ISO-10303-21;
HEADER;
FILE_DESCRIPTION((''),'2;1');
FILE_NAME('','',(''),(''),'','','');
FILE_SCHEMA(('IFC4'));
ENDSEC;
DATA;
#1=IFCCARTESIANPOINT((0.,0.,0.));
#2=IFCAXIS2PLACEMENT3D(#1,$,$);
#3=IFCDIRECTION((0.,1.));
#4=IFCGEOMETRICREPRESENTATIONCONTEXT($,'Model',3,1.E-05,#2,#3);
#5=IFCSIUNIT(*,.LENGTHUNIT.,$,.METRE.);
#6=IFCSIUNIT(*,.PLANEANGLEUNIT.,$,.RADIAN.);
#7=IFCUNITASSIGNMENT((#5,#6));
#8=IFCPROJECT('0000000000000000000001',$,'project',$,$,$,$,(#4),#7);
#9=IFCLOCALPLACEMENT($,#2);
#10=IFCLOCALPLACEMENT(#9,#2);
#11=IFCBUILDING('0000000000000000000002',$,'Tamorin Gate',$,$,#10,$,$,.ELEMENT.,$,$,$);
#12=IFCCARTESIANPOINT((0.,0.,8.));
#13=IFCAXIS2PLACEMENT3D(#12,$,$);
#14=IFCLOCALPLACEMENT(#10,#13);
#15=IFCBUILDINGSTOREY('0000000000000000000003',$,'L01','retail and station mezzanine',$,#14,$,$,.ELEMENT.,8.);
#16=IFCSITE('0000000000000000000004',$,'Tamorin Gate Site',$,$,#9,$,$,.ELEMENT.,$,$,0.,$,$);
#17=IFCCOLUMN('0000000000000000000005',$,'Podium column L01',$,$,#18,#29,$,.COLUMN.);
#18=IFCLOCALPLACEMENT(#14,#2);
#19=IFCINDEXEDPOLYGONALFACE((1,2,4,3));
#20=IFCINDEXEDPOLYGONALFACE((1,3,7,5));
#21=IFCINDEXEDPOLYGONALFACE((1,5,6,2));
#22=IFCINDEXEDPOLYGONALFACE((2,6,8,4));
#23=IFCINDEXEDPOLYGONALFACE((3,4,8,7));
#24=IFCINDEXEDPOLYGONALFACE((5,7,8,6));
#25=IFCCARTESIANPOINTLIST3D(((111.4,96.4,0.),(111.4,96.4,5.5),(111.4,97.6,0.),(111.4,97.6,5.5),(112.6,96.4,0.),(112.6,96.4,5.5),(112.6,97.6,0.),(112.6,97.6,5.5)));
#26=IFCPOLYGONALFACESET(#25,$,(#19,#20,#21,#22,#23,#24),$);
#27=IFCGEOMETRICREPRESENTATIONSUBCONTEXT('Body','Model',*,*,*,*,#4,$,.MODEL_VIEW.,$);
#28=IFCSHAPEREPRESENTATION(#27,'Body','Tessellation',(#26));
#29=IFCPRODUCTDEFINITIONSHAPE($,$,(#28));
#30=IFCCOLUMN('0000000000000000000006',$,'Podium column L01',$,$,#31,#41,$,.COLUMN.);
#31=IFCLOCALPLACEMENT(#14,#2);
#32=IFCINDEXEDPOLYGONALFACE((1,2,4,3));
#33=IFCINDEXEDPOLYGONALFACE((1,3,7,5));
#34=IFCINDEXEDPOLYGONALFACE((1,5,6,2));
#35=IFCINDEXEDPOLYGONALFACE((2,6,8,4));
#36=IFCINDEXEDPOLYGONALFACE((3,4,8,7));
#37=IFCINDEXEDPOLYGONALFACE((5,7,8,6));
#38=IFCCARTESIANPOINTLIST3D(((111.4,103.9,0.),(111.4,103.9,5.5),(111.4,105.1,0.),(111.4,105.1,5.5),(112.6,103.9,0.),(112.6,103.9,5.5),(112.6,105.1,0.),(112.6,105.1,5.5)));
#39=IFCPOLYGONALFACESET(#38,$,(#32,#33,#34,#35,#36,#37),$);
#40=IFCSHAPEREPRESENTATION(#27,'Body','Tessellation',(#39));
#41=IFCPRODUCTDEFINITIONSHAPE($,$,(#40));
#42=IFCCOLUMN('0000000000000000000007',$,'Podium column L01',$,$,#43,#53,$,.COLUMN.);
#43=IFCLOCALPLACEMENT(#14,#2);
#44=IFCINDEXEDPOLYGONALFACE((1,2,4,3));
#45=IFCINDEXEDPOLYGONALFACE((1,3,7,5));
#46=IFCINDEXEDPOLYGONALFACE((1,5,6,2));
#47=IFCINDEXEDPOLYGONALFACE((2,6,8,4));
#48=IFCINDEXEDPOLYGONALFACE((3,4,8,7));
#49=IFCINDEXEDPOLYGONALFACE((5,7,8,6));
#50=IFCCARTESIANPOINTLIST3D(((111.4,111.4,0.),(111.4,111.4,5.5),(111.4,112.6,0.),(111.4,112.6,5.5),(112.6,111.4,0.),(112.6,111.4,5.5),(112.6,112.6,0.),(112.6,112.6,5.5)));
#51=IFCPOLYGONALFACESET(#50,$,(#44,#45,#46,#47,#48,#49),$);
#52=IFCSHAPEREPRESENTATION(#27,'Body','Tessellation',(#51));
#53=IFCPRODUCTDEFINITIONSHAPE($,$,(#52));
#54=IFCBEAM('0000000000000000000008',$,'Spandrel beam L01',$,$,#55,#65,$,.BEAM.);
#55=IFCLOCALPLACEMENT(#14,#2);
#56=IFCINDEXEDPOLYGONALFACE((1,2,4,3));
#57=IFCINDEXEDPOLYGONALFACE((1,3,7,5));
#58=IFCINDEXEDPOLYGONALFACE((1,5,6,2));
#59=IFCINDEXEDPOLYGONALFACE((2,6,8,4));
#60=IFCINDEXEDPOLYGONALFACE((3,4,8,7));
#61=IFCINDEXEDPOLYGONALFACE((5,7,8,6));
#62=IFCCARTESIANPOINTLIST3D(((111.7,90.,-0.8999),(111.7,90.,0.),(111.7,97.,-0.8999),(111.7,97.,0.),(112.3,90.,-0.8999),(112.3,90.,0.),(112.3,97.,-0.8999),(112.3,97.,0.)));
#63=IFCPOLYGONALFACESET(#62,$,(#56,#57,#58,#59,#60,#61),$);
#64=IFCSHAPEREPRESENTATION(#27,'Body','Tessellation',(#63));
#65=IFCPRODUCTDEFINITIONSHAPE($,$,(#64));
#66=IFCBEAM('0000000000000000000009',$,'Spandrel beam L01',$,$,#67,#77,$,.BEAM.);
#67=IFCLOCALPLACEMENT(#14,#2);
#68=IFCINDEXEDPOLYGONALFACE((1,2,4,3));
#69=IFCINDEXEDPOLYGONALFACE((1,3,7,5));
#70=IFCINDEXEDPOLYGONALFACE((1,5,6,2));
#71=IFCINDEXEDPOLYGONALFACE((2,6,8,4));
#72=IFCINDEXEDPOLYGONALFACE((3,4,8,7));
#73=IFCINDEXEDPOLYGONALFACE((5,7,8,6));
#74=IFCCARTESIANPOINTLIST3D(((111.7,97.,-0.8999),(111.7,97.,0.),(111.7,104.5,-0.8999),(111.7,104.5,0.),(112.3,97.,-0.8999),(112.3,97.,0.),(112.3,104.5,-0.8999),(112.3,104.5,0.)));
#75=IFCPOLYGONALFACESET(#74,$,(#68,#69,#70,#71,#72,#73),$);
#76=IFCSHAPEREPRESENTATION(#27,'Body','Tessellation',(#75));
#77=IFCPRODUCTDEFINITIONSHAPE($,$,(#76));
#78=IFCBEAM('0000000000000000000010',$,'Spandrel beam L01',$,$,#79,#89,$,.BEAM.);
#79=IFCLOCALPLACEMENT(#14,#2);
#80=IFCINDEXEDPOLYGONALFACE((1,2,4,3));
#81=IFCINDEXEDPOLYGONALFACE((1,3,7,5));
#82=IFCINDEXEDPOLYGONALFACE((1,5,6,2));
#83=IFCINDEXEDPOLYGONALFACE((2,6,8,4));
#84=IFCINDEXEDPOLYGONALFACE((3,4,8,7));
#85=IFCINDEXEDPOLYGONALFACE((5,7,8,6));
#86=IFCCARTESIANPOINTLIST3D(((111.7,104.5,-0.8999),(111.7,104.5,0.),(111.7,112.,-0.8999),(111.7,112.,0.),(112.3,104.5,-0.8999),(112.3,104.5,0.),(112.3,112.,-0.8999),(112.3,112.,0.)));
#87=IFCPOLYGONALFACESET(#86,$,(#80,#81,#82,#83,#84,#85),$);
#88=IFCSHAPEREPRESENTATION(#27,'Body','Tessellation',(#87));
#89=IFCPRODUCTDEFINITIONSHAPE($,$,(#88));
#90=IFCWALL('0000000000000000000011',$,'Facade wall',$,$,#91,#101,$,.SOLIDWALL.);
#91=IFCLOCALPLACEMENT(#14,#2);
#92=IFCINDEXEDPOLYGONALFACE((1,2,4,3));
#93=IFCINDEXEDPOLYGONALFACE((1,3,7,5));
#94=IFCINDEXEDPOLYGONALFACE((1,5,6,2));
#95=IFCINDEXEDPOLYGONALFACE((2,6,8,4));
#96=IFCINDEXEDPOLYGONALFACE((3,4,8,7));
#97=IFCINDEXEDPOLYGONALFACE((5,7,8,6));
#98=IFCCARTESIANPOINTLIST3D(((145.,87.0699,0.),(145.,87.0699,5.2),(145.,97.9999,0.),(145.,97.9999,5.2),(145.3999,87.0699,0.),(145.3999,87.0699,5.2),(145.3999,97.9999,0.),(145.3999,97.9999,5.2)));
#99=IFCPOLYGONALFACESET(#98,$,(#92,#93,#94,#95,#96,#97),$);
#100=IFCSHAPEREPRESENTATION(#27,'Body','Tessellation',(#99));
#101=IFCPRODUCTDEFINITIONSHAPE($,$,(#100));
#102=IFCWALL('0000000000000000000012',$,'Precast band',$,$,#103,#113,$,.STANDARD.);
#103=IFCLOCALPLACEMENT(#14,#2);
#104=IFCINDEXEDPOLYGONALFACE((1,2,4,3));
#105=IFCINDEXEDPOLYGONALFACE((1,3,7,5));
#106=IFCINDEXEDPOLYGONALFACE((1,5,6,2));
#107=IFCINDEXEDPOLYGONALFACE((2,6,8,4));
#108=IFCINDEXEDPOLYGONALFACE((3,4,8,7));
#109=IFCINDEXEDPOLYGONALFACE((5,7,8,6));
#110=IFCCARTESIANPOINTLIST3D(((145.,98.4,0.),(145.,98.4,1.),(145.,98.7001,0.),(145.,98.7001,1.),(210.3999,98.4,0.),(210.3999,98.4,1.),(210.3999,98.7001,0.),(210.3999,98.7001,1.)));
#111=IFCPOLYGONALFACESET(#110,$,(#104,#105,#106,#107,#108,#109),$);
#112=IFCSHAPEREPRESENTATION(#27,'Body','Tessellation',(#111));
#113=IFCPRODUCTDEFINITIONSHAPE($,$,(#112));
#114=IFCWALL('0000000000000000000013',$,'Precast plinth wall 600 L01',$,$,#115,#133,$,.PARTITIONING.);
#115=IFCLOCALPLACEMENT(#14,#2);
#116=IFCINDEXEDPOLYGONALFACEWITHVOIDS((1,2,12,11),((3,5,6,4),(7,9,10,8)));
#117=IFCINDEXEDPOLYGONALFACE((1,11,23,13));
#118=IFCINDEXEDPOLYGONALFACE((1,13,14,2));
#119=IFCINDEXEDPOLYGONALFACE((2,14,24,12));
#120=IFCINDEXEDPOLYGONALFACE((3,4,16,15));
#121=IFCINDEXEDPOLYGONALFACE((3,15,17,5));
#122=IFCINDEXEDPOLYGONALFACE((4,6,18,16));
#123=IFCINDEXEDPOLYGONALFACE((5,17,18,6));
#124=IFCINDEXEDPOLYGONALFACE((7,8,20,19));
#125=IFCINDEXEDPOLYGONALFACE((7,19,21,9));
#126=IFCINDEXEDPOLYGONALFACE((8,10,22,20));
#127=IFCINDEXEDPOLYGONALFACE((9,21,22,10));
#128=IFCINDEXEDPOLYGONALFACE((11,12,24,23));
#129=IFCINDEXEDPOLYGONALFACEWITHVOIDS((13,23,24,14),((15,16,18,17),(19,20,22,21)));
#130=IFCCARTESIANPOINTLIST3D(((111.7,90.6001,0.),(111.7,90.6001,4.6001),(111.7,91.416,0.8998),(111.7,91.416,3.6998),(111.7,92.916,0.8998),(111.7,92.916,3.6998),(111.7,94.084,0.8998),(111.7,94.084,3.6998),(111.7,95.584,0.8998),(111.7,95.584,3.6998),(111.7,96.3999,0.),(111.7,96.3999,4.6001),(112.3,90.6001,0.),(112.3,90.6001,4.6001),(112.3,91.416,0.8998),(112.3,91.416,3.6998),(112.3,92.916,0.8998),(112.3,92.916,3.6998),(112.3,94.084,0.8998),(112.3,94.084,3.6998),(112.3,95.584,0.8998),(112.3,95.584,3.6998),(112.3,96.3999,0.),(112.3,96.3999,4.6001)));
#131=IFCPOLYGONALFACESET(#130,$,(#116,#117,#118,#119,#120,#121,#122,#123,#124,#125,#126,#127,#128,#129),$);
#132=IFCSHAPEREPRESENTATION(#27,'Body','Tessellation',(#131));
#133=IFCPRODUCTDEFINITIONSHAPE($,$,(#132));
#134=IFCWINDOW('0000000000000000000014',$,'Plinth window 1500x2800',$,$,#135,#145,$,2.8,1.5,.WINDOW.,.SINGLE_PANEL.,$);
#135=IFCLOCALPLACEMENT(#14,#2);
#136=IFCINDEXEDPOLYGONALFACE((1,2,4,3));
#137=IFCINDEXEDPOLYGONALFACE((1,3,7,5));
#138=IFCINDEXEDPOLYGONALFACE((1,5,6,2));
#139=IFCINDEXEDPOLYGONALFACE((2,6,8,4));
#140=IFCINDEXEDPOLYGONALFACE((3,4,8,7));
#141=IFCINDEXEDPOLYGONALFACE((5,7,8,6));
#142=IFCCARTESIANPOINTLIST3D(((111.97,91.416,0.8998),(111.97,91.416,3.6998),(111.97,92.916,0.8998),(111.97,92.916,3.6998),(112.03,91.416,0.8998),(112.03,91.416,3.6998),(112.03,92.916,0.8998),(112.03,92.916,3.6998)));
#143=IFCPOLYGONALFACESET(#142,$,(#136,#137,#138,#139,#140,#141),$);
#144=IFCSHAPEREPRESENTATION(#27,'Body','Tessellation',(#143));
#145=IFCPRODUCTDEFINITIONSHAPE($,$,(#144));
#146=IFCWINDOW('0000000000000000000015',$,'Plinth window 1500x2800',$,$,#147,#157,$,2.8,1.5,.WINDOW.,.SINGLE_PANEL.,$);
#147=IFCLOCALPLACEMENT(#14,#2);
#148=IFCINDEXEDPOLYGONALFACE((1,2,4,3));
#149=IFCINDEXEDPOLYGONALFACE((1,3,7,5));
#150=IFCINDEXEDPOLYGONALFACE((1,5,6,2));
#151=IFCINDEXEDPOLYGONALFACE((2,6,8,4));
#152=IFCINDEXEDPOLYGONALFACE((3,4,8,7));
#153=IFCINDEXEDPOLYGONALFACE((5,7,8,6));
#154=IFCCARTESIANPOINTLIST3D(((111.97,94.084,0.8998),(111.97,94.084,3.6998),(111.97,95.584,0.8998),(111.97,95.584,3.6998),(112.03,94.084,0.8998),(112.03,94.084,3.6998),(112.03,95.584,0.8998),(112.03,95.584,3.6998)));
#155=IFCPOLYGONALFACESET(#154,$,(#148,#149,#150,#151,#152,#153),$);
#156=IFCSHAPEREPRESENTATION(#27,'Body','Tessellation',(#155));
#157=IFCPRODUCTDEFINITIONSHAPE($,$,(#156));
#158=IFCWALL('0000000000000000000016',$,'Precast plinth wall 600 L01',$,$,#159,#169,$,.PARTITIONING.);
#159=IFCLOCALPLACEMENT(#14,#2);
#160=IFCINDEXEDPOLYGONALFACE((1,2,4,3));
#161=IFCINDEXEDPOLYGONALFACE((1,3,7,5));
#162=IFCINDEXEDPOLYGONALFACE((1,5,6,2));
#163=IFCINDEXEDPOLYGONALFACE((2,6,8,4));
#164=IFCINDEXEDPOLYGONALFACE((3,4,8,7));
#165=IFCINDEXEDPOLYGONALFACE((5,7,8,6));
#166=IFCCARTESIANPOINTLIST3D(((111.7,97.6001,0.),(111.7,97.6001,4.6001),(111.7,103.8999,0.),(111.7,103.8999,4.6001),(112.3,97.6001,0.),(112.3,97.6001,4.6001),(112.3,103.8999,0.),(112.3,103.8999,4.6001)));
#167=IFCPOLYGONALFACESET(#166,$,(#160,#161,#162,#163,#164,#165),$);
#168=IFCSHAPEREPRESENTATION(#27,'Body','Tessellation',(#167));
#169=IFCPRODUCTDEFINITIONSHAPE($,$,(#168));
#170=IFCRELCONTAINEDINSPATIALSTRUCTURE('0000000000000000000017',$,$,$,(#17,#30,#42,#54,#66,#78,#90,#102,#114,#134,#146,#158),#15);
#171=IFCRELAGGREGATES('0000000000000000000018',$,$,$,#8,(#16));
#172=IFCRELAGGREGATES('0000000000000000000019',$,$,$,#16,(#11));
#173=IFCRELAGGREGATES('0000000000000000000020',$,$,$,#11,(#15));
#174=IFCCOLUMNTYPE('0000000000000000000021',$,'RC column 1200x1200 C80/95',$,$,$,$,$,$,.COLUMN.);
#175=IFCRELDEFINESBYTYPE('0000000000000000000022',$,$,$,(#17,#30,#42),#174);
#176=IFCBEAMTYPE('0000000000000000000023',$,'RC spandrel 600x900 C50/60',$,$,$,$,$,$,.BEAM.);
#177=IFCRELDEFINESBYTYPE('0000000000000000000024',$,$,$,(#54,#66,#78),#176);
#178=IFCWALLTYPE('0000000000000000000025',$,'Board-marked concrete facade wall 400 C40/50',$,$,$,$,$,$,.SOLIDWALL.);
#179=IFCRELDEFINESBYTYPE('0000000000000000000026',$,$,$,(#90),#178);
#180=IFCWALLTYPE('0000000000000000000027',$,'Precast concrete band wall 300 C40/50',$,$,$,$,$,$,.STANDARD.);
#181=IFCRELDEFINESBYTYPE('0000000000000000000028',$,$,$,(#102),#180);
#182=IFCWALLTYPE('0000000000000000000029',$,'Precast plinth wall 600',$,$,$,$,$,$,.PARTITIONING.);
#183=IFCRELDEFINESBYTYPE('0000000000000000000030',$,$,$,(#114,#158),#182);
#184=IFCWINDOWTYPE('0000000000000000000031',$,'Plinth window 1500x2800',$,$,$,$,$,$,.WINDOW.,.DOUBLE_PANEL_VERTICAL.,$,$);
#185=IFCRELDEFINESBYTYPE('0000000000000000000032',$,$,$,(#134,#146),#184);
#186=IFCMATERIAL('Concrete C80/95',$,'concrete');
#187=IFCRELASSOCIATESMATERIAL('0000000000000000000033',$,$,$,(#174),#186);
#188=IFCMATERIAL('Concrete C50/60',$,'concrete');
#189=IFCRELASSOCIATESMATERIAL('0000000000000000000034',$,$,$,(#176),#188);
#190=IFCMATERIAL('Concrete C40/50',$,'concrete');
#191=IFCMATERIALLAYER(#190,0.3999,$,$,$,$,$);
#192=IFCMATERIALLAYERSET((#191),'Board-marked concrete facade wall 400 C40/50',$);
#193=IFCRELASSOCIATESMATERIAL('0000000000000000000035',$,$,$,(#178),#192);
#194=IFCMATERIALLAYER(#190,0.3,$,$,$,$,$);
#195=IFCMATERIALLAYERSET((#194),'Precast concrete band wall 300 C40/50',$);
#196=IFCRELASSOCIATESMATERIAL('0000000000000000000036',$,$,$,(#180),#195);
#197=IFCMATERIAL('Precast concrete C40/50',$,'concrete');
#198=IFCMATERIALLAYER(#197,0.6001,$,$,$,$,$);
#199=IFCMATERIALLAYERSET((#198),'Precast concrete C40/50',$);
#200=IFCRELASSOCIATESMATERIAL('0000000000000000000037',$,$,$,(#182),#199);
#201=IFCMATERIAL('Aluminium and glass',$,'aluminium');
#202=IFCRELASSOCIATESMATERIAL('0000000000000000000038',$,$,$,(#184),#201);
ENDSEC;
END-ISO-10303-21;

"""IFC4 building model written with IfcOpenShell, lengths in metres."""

from ifc_helpers import new_model, si_unit, direction, frame, frame_2d, origin, origin_2d, place, context, subcontext, project, spatial, rectangle, extrude, material, layer, layer_set, material_profile, profile_set, type_object, element, fill, save


model = new_model("IFC4")

# Units and contexts
model_context = context("Model", 3, precision=1e-05, world=origin(), true_north=direction((0.0, 1.0)))
body_context = subcontext(model_context, "Body", "Model", "MODEL_VIEW")
ifc_project = project(units=[si_unit("LENGTHUNIT", "METRE"), si_unit("PLANEANGLEUNIT", "RADIAN")], contexts=[model_context])

# Site, building, storey
site_placement = place(None, origin())
site = spatial("IfcSite", under=ifc_project, at=site_placement, Name="Tamorin Gate Site", CompositionType="ELEMENT", RefElevation=0.0)
building_placement = place(site_placement, origin())
building = spatial("IfcBuilding", under=site, at=building_placement, Name="Tamorin Gate", CompositionType="ELEMENT")
storey_placement = place(building_placement, frame((0.0, 0.0, 8.0)))
storey = spatial("IfcBuildingStorey", under=building, at=storey_placement, Name="L01", Description="retail and station mezzanine", CompositionType="ELEMENT", Elevation=8.0)

# Columns
ifc_material_1 = material(Name="Concrete C80/95", Category="concrete")
ifc_material_profile_1 = material_profile(ifc_material_1, rectangle(XDim=1.2, YDim=1.2, at=origin_2d()), Name="RC 1200x1200")
ifc_profile_set_1 = profile_set([ifc_material_profile_1], Name="Concrete C80/95")
column_type = type_object("IfcColumnType", Name="RC column 1200x1200 C80/95", PredefinedType="COLUMN", material=ifc_profile_set_1)
for number, where, z_axis, x_axis, name in (
    (1, (112.0, 97.0, 0.0), (0.0, 0.0, 1.0), (1.0, 0.0, 0.0), "Podium column L01"),
    (2, (112.0, 104.5, 0.0), (0.0, 0.0, 1.0), (1.0, 0.0, 0.0), "Podium column L01"),
    (3, (112.0, 112.0, 0.0), (0.0, 0.0, 1.0), (1.0, 0.0, 0.0), "Podium column L01"),
):
    element("IfcColumn", number, at=place(storey_placement, frame(where, z_axis=z_axis, x_axis=x_axis)), inside=storey, type_object=column_type, Name=name, PredefinedType="COLUMN", context=body_context, shape_type="SweptSolid", body=[
        extrude(rectangle(XDim=1.2, YDim=1.2, at=origin_2d()), origin(), (0.0, 0.0, 1.0), 5.5),
    ])

# Beams
ifc_material_2 = material(Name="Concrete C50/60", Category="concrete")
ifc_material_profile_2 = material_profile(ifc_material_2, rectangle(XDim=0.6001, YDim=0.8999, at=origin_2d()), Name="RC 600x900")
ifc_profile_set_2 = profile_set([ifc_material_profile_2], Name="Concrete C50/60")
beam_type = type_object("IfcBeamType", Name="RC spandrel 600x900 C50/60", PredefinedType="BEAM", material=ifc_profile_set_2)
beam_placement = place(storey_placement, frame((112.0, 90.0, -0.45), z_axis=(0.0, 1.0, 0.0), x_axis=(-1.0, 0.0, 0.0)))
element("IfcBeam", 4, at=beam_placement, inside=storey, type_object=beam_type, Name="Spandrel beam L01", PredefinedType="BEAM", context=body_context, shape_type="SweptSolid", body=[
    extrude(rectangle(XDim=0.6001, YDim=0.8999, at=origin_2d()), origin(), (0.0, 0.0, 1.0), 7.0),
])
for number, where, z_axis, x_axis, name in (
    (5, (112.0, 97.0, -0.45), (0.0, 1.0, 0.0), (-1.0, 0.0, 0.0), "Spandrel beam L01"),
    (6, (112.0, 104.5, -0.45), (0.0, 1.0, 0.0), (-1.0, 0.0, 0.0), "Spandrel beam L01"),
):
    element("IfcBeam", number, at=place(storey_placement, frame(where, z_axis=z_axis, x_axis=x_axis)), inside=storey, type_object=beam_type, Name=name, PredefinedType="BEAM", context=body_context, shape_type="SweptSolid", body=[
        extrude(rectangle(XDim=0.6001, YDim=0.8999, at=origin_2d()), origin(), (0.0, 0.0, 1.0), 7.5),
    ])

# Shared definitions
ifc_material_3 = material(Name="Concrete C40/50", Category="concrete")
ifc_layer_1 = layer(ifc_material_3, 0.3999)
ifc_layer_set_1 = layer_set([ifc_layer_1], Name="Board-marked concrete facade wall 400 C40/50")
wall_type_1 = type_object("IfcWallType", Name="Board-marked concrete facade wall 400 C40/50", PredefinedType="SOLIDWALL", material=ifc_layer_set_1)
ifc_material_4 = material(Name="Aluminium and glass", Category="aluminium")

# Walls
wall_1_placement = place(storey_placement, frame((145.2, 87.0701, 0.0), z_axis=(0.0, 0.0, 1.0), x_axis=(0.0, 1.0, 0.0)))
element("IfcWall", 7, at=wall_1_placement, inside=storey, type_object=wall_type_1, Name="Facade wall", PredefinedType="SOLIDWALL", context=body_context, shape_type="SweptSolid", body=[
    extrude(rectangle(XDim=10.9299, YDim=0.3999, at=frame_2d((5.4648, 0.0))), origin(), (0.0, 0.0, 1.0), 5.2),
])
ifc_layer_2 = layer(ifc_material_3, 0.3)
ifc_layer_set_2 = layer_set([ifc_layer_2], Name="Precast concrete band wall 300 C40/50")
wall_type_2 = type_object("IfcWallType", Name="Precast concrete band wall 300 C40/50", PredefinedType="STANDARD", material=ifc_layer_set_2)
wall_2_placement = place(storey_placement, frame((145.0, 98.55, 0.0), z_axis=(0.0, 0.0, 1.0), x_axis=(1.0, 0.0, 0.0)))
element("IfcWall", 8, at=wall_2_placement, inside=storey, type_object=wall_type_2, Name="Precast band", PredefinedType="STANDARD", context=body_context, shape_type="SweptSolid", body=[
    extrude(rectangle(XDim=65.3999, YDim=0.3, at=frame_2d((32.7, 0.0))), origin(), (0.0, 0.0, 1.0), 1.0),
])

# Wall, openings, windows
ifc_material_5 = material(Name="Precast concrete C40/50", Category="concrete")
ifc_layer_3 = layer(ifc_material_5, 0.6001)
ifc_layer_set_3 = layer_set([ifc_layer_3], Name="Precast concrete C40/50")
wall_type_3 = type_object("IfcWallType", Name="Precast plinth wall 600", PredefinedType="PARTITIONING", material=ifc_layer_set_3)
wall_3_placement = place(storey_placement, frame((112.0, 90.6001, 0.0), z_axis=(0.0, 0.0, 1.0), x_axis=(0.0, 1.0, 0.0)))
wall_3 = element("IfcWall", 9, at=wall_3_placement, inside=storey, type_object=wall_type_3, Name="Precast plinth wall 600 L01", PredefinedType="PARTITIONING", context=body_context, shape_type="SweptSolid", body=[
    extrude(rectangle(XDim=5.7998, YDim=0.6001, at=frame_2d((2.8999, 0.0))), origin(), (0.0, 0.0, 1.0), 4.6001),
])
opening_1_placement = place(wall_3_placement, frame((0.8159, 0.0, 0.8999)))
opening_1 = element("IfcOpeningElement", 10, at=opening_1_placement, cuts=wall_3, PredefinedType="OPENING", context=body_context, shape_type="SweptSolid", body=[
    extrude(rectangle(XDim=1.5, YDim=2.8, at=frame_2d((0.75, 1.3999))), frame((0.0, 0.3101, 0.0), z_axis=(0.0, -1.0, 0.0), x_axis=(1.0, 0.0, 0.0)), (0.0, 0.0, 1.0), 0.6201),
])
opening_2_placement = place(wall_3_placement, frame((3.4839, 0.0, 0.8999)))
opening_2 = element("IfcOpeningElement", 11, at=opening_2_placement, cuts=wall_3, PredefinedType="OPENING", context=body_context, shape_type="SweptSolid", body=[
    extrude(rectangle(XDim=1.5, YDim=2.8, at=frame_2d((0.75, 1.3999))), frame((0.0, 0.3101, 0.0), z_axis=(0.0, -1.0, 0.0), x_axis=(1.0, 0.0, 0.0)), (0.0, 0.0, 1.0), 0.6201),
])
window_type_1 = type_object("IfcWindowType", Name="Plinth window 1500x2800", PartitioningType="DOUBLE_PANEL_VERTICAL", PredefinedType="WINDOW", material=ifc_material_4)
window_1_placement = place(opening_1_placement, origin())
window_1 = element("IfcWindow", 12, at=window_1_placement, inside=storey, type_object=window_type_1, Name="Plinth window 1500x2800", OverallHeight=2.8, OverallWidth=1.5, PartitioningType="SINGLE_PANEL", PredefinedType="WINDOW", context=body_context, shape_type="SweptSolid", body=[
    extrude(rectangle(XDim=1.5, YDim=2.8, at=frame_2d((0.75, 1.3999))), frame((0.0, 0.03, 0.0), z_axis=(0.0, -1.0, 0.0), x_axis=(1.0, 0.0, 0.0)), (0.0, 0.0, 1.0), 0.0601),
])
fill(opening_1, window_1)
window_2_placement = place(opening_2_placement, origin())
window_2 = element("IfcWindow", 13, at=window_2_placement, inside=storey, type_object=window_type_1, Name="Plinth window 1500x2800", OverallHeight=2.8, OverallWidth=1.5, PartitioningType="SINGLE_PANEL", PredefinedType="WINDOW", context=body_context, shape_type="SweptSolid", body=[
    extrude(rectangle(XDim=1.5, YDim=2.8, at=frame_2d((0.75, 1.3999))), frame((0.0, 0.03, 0.0), z_axis=(0.0, -1.0, 0.0), x_axis=(1.0, 0.0, 0.0)), (0.0, 0.0, 1.0), 0.0601),
])
fill(opening_2, window_2)

# Wall
wall_4_placement = place(storey_placement, frame((112.0, 97.6001, 0.0), z_axis=(0.0, 0.0, 1.0), x_axis=(0.0, 1.0, 0.0)))
element("IfcWall", 14, at=wall_4_placement, inside=storey, type_object=wall_type_3, Name="Precast plinth wall 600 L01", PredefinedType="PARTITIONING", context=body_context, shape_type="SweptSolid", body=[
    extrude(rectangle(XDim=6.2998, YDim=0.6001, at=frame_2d((3.1499, 0.0))), origin(), (0.0, 0.0, 1.0), 4.6001),
])

save(model, "model.ifc")
